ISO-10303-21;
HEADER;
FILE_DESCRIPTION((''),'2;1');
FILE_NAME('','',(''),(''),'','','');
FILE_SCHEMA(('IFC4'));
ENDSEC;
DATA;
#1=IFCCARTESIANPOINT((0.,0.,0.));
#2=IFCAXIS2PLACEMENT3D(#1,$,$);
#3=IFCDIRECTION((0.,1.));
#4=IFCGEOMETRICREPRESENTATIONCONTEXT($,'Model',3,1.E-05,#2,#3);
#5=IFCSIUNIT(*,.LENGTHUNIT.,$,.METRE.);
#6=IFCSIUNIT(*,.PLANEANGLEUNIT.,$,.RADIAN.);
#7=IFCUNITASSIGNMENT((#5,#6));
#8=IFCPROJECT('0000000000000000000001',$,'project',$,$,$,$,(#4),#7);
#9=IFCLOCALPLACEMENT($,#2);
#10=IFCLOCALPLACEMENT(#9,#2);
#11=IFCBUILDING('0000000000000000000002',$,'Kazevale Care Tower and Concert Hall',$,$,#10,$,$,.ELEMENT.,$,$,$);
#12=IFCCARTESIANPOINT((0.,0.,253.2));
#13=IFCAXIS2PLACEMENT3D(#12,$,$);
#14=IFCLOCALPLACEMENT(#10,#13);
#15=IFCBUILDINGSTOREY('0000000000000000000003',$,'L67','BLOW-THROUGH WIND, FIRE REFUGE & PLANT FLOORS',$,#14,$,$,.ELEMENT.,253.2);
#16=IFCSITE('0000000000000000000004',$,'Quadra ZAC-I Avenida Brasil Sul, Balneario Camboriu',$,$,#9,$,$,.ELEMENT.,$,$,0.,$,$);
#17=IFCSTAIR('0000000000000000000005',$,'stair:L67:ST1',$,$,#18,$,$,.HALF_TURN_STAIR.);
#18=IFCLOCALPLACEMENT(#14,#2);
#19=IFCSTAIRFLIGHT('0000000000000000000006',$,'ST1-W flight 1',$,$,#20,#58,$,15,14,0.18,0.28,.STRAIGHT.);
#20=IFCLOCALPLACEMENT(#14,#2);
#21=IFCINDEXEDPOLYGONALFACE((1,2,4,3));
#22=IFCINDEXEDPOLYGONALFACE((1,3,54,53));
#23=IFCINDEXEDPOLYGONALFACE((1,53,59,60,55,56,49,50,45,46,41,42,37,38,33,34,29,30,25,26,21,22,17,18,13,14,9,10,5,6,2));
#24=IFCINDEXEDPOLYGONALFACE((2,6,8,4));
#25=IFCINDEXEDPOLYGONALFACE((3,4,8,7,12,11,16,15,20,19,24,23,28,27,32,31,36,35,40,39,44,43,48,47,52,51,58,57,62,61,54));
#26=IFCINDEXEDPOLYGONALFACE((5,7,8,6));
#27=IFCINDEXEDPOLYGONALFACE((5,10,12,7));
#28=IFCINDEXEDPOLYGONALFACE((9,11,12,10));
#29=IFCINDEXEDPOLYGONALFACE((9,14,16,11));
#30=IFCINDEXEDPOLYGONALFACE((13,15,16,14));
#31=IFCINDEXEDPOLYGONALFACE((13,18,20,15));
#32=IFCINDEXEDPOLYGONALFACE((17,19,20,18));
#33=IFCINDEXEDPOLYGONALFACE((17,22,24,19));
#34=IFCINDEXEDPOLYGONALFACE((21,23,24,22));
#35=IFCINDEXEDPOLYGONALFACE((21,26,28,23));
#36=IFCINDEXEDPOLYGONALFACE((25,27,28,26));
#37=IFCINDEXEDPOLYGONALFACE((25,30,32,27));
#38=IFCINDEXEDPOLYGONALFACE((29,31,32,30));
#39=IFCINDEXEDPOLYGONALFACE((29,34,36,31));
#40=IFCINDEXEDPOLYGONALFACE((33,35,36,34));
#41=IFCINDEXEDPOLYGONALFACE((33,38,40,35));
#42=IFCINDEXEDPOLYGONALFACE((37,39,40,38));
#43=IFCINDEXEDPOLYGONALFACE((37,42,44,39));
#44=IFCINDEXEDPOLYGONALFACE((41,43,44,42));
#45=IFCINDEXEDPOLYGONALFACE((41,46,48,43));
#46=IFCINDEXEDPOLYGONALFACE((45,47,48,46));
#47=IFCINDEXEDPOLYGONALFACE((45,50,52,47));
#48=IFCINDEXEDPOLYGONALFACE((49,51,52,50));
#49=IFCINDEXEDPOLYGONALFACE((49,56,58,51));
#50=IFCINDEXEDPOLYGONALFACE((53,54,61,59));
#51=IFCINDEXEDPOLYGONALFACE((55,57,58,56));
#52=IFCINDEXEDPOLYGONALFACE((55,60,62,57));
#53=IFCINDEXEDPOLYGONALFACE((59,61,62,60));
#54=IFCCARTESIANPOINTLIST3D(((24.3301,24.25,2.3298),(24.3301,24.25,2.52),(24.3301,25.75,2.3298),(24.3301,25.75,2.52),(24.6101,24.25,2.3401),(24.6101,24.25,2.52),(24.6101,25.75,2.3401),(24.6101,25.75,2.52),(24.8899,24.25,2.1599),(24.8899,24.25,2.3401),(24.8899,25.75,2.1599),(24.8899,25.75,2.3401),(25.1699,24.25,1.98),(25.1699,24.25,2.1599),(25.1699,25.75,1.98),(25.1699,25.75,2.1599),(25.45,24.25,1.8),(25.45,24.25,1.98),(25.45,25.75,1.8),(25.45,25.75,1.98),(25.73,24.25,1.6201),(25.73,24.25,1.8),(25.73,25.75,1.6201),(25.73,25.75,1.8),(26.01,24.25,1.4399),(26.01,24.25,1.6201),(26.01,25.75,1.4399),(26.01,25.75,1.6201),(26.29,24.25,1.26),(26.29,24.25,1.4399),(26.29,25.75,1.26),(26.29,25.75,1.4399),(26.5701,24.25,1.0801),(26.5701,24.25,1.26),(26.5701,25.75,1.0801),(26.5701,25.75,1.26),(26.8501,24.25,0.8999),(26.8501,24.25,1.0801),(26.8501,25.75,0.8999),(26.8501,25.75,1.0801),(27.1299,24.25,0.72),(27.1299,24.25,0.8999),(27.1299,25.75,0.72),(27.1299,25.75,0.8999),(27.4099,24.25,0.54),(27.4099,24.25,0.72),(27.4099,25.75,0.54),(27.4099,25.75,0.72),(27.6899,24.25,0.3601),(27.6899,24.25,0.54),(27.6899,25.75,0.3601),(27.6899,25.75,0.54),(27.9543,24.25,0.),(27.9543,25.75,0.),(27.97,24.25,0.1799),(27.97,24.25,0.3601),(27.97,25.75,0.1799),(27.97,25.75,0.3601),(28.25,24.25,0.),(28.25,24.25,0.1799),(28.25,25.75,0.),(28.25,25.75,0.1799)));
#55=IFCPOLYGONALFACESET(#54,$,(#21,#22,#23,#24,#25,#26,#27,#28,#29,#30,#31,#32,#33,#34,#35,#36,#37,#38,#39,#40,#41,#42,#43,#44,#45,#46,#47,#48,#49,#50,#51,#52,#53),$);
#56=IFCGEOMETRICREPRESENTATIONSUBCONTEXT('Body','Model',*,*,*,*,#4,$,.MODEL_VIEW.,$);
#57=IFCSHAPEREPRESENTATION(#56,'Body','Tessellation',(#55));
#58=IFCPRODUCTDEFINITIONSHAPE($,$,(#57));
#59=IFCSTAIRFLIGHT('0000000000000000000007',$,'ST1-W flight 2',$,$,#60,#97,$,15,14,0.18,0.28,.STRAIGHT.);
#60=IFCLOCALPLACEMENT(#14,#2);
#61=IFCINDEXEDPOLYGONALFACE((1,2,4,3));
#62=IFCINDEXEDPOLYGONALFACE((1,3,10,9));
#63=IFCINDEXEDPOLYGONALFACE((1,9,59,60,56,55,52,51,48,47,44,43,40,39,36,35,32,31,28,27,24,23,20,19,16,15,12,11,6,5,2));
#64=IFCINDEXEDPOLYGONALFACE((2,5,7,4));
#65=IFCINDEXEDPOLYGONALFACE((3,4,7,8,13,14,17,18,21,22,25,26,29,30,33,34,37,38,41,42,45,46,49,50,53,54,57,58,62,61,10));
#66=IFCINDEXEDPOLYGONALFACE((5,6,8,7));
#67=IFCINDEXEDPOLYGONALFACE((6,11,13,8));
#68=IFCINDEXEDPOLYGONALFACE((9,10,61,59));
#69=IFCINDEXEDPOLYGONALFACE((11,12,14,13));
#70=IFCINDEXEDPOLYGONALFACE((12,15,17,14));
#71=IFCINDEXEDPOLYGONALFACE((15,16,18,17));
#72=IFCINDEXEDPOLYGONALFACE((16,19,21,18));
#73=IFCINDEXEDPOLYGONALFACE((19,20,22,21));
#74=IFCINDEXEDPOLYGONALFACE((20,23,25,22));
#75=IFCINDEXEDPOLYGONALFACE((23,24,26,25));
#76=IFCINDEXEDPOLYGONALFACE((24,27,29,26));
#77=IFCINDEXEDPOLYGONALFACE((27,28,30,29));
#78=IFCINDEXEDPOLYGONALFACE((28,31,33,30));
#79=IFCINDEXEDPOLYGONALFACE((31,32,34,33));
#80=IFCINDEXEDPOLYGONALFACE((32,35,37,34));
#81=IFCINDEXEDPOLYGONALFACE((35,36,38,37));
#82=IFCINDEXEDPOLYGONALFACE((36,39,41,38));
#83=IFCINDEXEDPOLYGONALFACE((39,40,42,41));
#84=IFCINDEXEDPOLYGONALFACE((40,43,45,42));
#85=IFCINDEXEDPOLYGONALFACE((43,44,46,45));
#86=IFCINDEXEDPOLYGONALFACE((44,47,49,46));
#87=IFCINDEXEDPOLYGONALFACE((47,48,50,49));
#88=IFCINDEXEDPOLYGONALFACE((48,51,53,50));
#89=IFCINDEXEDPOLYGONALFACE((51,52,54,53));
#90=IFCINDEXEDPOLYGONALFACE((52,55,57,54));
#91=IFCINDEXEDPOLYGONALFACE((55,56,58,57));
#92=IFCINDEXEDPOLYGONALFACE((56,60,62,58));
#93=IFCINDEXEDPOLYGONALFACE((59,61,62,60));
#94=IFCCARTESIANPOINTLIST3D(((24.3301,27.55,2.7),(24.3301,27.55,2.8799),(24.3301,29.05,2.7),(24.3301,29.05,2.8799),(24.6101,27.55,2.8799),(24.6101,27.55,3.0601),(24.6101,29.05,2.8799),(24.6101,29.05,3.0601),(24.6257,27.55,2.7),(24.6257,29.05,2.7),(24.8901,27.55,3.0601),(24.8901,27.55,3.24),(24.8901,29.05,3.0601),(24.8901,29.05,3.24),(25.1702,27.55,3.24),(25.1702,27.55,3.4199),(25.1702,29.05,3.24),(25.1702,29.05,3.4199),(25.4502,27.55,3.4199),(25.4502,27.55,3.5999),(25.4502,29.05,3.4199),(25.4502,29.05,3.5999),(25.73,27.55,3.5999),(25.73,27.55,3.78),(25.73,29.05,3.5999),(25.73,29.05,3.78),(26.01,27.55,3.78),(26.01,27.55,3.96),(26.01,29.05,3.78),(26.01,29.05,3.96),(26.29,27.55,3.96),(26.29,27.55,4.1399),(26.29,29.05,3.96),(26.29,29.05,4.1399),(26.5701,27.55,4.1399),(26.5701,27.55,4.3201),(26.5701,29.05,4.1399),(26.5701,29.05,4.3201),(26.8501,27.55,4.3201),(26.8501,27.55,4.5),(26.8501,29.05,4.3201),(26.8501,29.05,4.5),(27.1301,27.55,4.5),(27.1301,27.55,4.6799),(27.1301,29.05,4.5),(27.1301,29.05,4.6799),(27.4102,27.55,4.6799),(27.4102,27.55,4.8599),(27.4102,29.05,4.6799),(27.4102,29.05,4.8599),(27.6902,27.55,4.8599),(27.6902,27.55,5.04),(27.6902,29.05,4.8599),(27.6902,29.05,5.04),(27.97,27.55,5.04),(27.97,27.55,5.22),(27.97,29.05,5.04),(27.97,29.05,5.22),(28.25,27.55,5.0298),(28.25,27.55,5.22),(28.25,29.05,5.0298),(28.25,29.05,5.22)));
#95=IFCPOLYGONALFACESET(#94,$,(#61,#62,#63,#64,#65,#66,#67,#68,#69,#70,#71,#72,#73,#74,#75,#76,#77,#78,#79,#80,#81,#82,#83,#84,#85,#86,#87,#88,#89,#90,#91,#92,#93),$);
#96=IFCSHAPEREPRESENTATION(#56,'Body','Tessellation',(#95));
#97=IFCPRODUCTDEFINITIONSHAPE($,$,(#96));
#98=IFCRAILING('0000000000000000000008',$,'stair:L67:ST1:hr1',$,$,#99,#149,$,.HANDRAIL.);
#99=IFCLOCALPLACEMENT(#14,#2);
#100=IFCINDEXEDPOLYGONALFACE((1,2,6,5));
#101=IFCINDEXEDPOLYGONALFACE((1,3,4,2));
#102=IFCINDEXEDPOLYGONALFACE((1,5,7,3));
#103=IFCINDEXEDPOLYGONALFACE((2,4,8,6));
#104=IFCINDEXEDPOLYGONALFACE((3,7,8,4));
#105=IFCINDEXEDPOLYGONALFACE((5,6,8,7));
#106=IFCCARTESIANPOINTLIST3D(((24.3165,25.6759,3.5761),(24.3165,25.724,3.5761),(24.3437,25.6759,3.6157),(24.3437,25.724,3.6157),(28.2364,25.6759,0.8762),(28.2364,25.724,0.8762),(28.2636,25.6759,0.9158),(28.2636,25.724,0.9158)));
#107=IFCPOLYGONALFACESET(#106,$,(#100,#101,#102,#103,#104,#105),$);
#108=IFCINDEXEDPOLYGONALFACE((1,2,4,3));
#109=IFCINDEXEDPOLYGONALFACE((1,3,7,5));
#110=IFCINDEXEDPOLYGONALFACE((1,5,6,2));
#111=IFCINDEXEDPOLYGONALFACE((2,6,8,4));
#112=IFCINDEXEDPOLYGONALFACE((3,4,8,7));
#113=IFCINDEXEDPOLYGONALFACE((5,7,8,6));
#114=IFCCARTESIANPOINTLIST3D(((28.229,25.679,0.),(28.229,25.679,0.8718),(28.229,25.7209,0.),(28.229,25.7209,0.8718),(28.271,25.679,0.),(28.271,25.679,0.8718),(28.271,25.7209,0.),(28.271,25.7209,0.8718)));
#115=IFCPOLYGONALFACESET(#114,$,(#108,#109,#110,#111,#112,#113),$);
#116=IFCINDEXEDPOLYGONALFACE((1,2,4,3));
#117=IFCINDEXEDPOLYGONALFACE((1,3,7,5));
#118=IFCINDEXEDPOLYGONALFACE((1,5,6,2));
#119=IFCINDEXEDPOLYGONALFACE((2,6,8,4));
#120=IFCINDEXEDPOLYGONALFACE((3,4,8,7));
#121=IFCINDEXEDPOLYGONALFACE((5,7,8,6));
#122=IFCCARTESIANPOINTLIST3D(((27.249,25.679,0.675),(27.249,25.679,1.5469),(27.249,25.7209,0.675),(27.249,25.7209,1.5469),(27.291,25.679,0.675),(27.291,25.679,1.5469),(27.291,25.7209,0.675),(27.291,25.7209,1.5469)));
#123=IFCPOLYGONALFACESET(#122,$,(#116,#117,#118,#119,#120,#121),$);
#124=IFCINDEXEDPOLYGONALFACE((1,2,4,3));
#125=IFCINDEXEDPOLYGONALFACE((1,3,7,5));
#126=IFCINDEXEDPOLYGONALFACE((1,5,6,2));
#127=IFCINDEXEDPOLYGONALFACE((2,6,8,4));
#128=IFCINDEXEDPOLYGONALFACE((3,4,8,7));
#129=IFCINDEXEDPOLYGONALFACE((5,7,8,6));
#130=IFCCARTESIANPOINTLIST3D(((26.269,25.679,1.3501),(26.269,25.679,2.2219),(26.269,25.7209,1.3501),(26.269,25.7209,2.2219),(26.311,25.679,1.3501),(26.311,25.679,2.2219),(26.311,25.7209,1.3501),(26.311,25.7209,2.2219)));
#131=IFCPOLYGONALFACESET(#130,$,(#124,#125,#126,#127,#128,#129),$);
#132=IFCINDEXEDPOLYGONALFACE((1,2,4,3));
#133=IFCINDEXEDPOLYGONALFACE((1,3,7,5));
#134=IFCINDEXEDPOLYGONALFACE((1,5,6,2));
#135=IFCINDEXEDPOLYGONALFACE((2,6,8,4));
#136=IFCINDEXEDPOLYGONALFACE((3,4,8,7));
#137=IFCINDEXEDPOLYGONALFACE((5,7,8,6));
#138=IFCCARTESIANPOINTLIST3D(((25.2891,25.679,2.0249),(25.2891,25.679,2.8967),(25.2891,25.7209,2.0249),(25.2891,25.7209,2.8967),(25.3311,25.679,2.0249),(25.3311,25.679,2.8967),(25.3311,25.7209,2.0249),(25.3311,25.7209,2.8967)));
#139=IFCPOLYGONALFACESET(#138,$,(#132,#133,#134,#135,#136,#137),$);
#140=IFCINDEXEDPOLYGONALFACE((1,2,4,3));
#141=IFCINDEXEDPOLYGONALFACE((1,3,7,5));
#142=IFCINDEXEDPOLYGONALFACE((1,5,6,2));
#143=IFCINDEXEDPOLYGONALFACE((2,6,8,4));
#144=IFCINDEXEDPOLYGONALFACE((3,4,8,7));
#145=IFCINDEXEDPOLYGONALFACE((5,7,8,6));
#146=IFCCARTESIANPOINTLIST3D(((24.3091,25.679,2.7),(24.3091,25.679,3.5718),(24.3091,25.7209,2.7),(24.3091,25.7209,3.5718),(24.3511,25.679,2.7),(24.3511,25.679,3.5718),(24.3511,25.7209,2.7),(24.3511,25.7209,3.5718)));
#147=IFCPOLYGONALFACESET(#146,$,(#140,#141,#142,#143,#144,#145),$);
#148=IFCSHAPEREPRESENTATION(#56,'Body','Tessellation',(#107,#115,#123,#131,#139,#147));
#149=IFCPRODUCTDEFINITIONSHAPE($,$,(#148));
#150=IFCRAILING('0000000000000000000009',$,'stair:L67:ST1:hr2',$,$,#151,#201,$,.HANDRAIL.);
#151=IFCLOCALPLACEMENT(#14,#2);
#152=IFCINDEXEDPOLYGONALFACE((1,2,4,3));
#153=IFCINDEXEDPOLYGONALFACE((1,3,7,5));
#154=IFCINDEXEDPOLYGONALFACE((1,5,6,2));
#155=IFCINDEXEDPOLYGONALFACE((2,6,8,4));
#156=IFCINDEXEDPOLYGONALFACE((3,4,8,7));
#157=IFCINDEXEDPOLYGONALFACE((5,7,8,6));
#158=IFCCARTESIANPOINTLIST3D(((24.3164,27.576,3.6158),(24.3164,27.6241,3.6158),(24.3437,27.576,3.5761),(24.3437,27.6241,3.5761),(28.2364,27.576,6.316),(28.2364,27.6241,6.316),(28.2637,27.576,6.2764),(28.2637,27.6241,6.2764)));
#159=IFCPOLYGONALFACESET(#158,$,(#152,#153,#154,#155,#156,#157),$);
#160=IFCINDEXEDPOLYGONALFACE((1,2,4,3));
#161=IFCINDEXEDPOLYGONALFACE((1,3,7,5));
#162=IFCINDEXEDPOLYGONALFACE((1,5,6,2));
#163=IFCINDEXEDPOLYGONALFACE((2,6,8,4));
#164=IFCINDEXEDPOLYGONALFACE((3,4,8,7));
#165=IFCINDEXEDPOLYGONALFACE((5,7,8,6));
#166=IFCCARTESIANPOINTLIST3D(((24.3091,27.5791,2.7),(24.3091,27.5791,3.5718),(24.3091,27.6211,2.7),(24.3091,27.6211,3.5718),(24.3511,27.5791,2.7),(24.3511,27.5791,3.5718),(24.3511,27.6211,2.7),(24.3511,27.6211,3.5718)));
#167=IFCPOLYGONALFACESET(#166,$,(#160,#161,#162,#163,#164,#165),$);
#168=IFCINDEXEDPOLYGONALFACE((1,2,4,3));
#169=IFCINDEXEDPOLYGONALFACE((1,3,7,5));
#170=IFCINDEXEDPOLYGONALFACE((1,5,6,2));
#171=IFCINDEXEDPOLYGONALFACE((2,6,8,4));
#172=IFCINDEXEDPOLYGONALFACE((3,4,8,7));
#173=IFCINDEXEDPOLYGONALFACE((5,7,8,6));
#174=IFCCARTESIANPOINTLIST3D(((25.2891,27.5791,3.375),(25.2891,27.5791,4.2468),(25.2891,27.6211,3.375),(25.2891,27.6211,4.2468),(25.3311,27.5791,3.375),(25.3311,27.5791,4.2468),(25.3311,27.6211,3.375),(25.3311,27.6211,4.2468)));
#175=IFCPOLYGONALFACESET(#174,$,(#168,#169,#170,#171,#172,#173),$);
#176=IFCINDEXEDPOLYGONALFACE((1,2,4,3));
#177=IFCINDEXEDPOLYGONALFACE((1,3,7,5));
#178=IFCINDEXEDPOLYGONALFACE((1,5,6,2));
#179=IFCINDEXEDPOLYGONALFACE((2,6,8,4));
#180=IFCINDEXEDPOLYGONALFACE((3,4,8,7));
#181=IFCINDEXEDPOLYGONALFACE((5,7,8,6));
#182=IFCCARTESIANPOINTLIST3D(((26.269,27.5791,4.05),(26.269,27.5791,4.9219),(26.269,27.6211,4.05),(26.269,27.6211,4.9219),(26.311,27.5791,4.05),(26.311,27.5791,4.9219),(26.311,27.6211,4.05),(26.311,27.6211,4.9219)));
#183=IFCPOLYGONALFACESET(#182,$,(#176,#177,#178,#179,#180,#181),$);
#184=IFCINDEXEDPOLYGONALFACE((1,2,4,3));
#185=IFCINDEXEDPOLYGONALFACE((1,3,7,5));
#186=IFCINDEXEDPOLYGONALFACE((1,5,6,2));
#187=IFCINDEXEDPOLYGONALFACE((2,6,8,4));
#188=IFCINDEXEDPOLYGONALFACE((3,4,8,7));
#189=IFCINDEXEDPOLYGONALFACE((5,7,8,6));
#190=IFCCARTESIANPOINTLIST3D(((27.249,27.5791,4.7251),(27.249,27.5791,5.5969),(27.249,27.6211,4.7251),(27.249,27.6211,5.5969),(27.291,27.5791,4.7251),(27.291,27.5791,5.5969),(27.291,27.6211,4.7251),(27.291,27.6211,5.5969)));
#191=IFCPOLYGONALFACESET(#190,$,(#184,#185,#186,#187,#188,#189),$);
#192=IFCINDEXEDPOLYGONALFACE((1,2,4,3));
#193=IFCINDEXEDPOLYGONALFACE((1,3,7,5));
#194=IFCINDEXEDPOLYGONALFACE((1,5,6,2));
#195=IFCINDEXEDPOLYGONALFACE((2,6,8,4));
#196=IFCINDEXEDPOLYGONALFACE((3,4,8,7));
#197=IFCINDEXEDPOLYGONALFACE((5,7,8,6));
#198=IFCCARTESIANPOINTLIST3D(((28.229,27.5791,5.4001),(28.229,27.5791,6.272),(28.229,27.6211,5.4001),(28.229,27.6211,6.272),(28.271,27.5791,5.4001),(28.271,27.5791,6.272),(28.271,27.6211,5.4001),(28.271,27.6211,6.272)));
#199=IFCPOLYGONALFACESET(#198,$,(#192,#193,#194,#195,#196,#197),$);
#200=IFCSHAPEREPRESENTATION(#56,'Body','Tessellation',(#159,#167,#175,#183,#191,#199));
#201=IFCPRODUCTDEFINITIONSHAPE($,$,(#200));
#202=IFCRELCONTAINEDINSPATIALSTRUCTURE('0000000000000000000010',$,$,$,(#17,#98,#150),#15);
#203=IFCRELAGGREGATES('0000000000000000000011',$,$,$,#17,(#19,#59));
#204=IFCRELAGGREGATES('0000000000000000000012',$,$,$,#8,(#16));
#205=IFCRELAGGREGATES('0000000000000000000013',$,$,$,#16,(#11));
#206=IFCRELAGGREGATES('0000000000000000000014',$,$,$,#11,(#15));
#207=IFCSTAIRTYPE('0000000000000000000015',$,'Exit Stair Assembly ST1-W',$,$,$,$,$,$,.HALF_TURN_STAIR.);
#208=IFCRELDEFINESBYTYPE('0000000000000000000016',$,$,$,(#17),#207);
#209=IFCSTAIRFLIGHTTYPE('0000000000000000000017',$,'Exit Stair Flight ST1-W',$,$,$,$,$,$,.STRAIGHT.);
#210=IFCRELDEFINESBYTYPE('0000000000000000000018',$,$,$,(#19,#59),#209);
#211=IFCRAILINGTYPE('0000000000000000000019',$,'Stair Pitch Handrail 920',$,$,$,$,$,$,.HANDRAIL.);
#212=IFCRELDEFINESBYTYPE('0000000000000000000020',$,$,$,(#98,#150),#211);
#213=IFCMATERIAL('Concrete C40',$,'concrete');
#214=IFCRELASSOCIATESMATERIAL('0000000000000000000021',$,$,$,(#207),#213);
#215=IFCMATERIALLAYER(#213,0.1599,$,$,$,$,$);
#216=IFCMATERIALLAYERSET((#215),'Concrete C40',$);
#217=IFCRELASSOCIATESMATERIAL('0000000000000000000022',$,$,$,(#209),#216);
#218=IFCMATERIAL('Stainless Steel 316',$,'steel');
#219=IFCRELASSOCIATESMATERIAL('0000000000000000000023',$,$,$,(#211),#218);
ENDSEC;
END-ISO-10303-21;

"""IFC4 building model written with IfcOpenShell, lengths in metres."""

from ifc_helpers import new_model, si_unit, direction, frame, origin, origin_2d, place, context, subcontext, project, spatial, polyline, rectangle, outline, extrude, material, layer, layer_set, type_object, element, aggregate, save


model = new_model("IFC4")

# Units and contexts
model_context = context("Model", 3, precision=1e-05, world=origin(), true_north=direction((0.0, 1.0)))
body_context = subcontext(model_context, "Body", "Model", "MODEL_VIEW")
ifc_project = project(units=[si_unit("LENGTHUNIT", "METRE"), si_unit("PLANEANGLEUNIT", "RADIAN")], contexts=[model_context])

# Site, building, storey
site_placement = place(None, origin())
site = spatial("IfcSite", under=ifc_project, at=site_placement, Name="Quadra ZAC-I Avenida Brasil Sul, Balneario Camboriu", CompositionType="ELEMENT", RefElevation=0.0)
building_placement = place(site_placement, origin())
building = spatial("IfcBuilding", under=site, at=building_placement, Name="Kazevale Care Tower and Concert Hall", CompositionType="ELEMENT")
storey_placement = place(building_placement, frame((0.0, 0.0, 253.2)))
storey = spatial("IfcBuildingStorey", under=building, at=storey_placement, Name="L67", Description="BLOW-THROUGH WIND, FIRE REFUGE & PLANT FLOORS", CompositionType="ELEMENT", Elevation=253.2)

# Stair
ifc_material_1 = material(Name="Concrete C40", Category="concrete")
stair_type = type_object("IfcStairType", Name="Exit Stair Assembly ST1-W", PredefinedType="HALF_TURN_STAIR", material=ifc_material_1)
stair_1_placement = place(storey_placement, origin())
stair_1 = element("IfcStair", 1, at=stair_1_placement, inside=storey, type_object=stair_type, Name="stair:L67:ST1", PredefinedType="HALF_TURN_STAIR")

# Stair flights
ifc_layer_1 = layer(ifc_material_1, 0.1599)
ifc_layer_set_1 = layer_set([ifc_layer_1], Name="Concrete C40")
stair_flight_type = type_object("IfcStairFlightType", Name="Exit Stair Flight ST1-W", PredefinedType="STRAIGHT", material=ifc_layer_set_1)
stair_flight_1_placement = place(storey_placement, frame((28.25, 25.0, 0.0), z_axis=(0.0, 0.0, 1.0), x_axis=(-1.0, 0.0, 0.0)))
stair_flight_1 = element("IfcStairFlight", 2, at=stair_flight_1_placement, type_object=stair_flight_type, Name="ST1-W flight 1", NumberOfRisers=15, NumberOfTreads=14, PredefinedType="STRAIGHT", RiserHeight=0.18, TreadLength=0.28, context=body_context, shape_type="SweptSolid", body=[
    extrude(outline(polyline([(0.0, 0.0), (0.0, 0.1799), (0.28, 0.1799), (0.28, 0.3601), (0.5601, 0.3601), (0.5601, 0.54), (0.8401, 0.54), (0.8401, 0.72), (1.1201, 0.72), (1.1201, 0.8999), (1.3999, 0.8999), (1.3999, 1.0801), (1.6799, 1.0801), (1.6799, 1.26), (1.96, 1.26), (1.96, 1.4399), (2.24, 1.4399), (2.24, 1.6201), (2.52, 1.6201), (2.52, 1.8), (2.8, 1.8), (2.8, 1.98), (3.0801, 1.98), (3.0801, 2.1599), (3.3601, 2.1599), (3.3601, 2.3401), (3.6399, 2.3401), (3.6399, 2.52), (3.9199, 2.52), (3.9199, 2.7), (3.9199, 2.3298), (0.2957, 0.0), (0.0, 0.0)])), frame((0.0, 0.75, 0.0), z_axis=(0.0, -1.0, 0.0), x_axis=(1.0, 0.0, 0.0)), (0.0, 0.0, 1.0), 1.5),
])
stair_flight_2_placement = place(storey_placement, frame((24.3301, 28.3, 2.7), z_axis=(0.0, 0.0, 1.0), x_axis=(1.0, 0.0, 0.0)))
stair_flight_2 = element("IfcStairFlight", 3, at=stair_flight_2_placement, type_object=stair_flight_type, Name="ST1-W flight 2", NumberOfRisers=15, NumberOfTreads=14, PredefinedType="STRAIGHT", RiserHeight=0.18, TreadLength=0.28, context=body_context, shape_type="SweptSolid", body=[
    extrude(outline(polyline([(0.0, 0.0), (0.0, 0.1799), (0.28, 0.1799), (0.28, 0.3601), (0.5601, 0.3601), (0.5601, 0.54), (0.8401, 0.54), (0.8401, 0.72), (1.1201, 0.72), (1.1201, 0.8999), (1.3999, 0.8999), (1.3999, 1.0801), (1.6799, 1.0801), (1.6799, 1.26), (1.96, 1.26), (1.96, 1.4399), (2.24, 1.4399), (2.24, 1.6201), (2.52, 1.6201), (2.52, 1.8), (2.8, 1.8), (2.8, 1.98), (3.0801, 1.98), (3.0801, 2.1599), (3.3601, 2.1599), (3.3601, 2.3401), (3.6399, 2.3401), (3.6399, 2.52), (3.9199, 2.52), (3.9199, 2.7), (3.9199, 2.3298), (0.2957, 0.0), (0.0, 0.0)])), frame((0.0, 0.75, 0.0), z_axis=(0.0, -1.0, 0.0), x_axis=(1.0, 0.0, 0.0)), (0.0, 0.0, 1.0), 1.5),
])
aggregate(stair_1, [stair_flight_1, stair_flight_2])

# Railings
ifc_material_2 = material(Name="Stainless Steel 316", Category="steel")
railing_type_1 = type_object("IfcRailingType", Name="Stair Pitch Handrail 920", PredefinedType="HANDRAIL", material=ifc_material_2)
railing_1_placement = place(storey_placement, frame((28.25, 25.7, 0.0)))
element("IfcRailing", 4, at=railing_1_placement, inside=storey, type_object=railing_type_1, Name="stair:L67:ST1:hr1", PredefinedType="HANDRAIL", context=body_context, shape_type="SweptSolid", body=[
    extrude(rectangle(XDim=0.0481, YDim=0.0481, at=origin_2d()), frame((0.0, 0.0, 0.896), z_axis=(-0.823551, 0.0, 0.567243), x_axis=(0.0, -1.0, 0.0)), (0.0, 0.0, 1.0), 4.7598),
    extrude(rectangle(XDim=0.042, YDim=0.042, at=origin_2d()), origin(), (0.0, 0.0, 1.0), 0.8718),
    extrude(rectangle(XDim=0.042, YDim=0.042, at=origin_2d()), frame((-0.98, 0.0, 0.675)), (0.0, 0.0, 1.0), 0.8718),
    extrude(rectangle(XDim=0.042, YDim=0.042, at=origin_2d()), frame((-1.96, 0.0, 1.3501)), (0.0, 0.0, 1.0), 0.8718),
    extrude(rectangle(XDim=0.042, YDim=0.042, at=origin_2d()), frame((-2.9399, 0.0, 2.0249)), (0.0, 0.0, 1.0), 0.8718),
    extrude(rectangle(XDim=0.042, YDim=0.042, at=origin_2d()), frame((-3.9199, 0.0, 2.7)), (0.0, 0.0, 1.0), 0.8718),
])
railing_2_placement = place(storey_placement, frame((24.3301, 27.6001, 2.7)))
element("IfcRailing", 5, at=railing_2_placement, inside=storey, type_object=railing_type_1, Name="stair:L67:ST1:hr2", PredefinedType="HANDRAIL", context=body_context, shape_type="SweptSolid", body=[
    extrude(rectangle(XDim=0.0481, YDim=0.0481, at=origin_2d()), frame((0.0, 0.0, 0.896), z_axis=(0.823527, 0.0, 0.567277), x_axis=(0.0, 1.0, 0.0)), (0.0, 0.0, 1.0), 4.76),
    extrude(rectangle(XDim=0.042, YDim=0.042, at=origin_2d()), origin(), (0.0, 0.0, 1.0), 0.8718),
    extrude(rectangle(XDim=0.042, YDim=0.042, at=origin_2d()), frame((0.98, 0.0, 0.675)), (0.0, 0.0, 1.0), 0.8718),
    extrude(rectangle(XDim=0.042, YDim=0.042, at=origin_2d()), frame((1.96, 0.0, 1.3501)), (0.0, 0.0, 1.0), 0.8718),
    extrude(rectangle(XDim=0.042, YDim=0.042, at=origin_2d()), frame((2.9399, 0.0, 2.0251)), (0.0, 0.0, 1.0), 0.8718),
    extrude(rectangle(XDim=0.042, YDim=0.042, at=origin_2d()), frame((3.9199, 0.0, 2.7002)), (0.0, 0.0, 1.0), 0.8718),
])

save(model, "model.ifc")
